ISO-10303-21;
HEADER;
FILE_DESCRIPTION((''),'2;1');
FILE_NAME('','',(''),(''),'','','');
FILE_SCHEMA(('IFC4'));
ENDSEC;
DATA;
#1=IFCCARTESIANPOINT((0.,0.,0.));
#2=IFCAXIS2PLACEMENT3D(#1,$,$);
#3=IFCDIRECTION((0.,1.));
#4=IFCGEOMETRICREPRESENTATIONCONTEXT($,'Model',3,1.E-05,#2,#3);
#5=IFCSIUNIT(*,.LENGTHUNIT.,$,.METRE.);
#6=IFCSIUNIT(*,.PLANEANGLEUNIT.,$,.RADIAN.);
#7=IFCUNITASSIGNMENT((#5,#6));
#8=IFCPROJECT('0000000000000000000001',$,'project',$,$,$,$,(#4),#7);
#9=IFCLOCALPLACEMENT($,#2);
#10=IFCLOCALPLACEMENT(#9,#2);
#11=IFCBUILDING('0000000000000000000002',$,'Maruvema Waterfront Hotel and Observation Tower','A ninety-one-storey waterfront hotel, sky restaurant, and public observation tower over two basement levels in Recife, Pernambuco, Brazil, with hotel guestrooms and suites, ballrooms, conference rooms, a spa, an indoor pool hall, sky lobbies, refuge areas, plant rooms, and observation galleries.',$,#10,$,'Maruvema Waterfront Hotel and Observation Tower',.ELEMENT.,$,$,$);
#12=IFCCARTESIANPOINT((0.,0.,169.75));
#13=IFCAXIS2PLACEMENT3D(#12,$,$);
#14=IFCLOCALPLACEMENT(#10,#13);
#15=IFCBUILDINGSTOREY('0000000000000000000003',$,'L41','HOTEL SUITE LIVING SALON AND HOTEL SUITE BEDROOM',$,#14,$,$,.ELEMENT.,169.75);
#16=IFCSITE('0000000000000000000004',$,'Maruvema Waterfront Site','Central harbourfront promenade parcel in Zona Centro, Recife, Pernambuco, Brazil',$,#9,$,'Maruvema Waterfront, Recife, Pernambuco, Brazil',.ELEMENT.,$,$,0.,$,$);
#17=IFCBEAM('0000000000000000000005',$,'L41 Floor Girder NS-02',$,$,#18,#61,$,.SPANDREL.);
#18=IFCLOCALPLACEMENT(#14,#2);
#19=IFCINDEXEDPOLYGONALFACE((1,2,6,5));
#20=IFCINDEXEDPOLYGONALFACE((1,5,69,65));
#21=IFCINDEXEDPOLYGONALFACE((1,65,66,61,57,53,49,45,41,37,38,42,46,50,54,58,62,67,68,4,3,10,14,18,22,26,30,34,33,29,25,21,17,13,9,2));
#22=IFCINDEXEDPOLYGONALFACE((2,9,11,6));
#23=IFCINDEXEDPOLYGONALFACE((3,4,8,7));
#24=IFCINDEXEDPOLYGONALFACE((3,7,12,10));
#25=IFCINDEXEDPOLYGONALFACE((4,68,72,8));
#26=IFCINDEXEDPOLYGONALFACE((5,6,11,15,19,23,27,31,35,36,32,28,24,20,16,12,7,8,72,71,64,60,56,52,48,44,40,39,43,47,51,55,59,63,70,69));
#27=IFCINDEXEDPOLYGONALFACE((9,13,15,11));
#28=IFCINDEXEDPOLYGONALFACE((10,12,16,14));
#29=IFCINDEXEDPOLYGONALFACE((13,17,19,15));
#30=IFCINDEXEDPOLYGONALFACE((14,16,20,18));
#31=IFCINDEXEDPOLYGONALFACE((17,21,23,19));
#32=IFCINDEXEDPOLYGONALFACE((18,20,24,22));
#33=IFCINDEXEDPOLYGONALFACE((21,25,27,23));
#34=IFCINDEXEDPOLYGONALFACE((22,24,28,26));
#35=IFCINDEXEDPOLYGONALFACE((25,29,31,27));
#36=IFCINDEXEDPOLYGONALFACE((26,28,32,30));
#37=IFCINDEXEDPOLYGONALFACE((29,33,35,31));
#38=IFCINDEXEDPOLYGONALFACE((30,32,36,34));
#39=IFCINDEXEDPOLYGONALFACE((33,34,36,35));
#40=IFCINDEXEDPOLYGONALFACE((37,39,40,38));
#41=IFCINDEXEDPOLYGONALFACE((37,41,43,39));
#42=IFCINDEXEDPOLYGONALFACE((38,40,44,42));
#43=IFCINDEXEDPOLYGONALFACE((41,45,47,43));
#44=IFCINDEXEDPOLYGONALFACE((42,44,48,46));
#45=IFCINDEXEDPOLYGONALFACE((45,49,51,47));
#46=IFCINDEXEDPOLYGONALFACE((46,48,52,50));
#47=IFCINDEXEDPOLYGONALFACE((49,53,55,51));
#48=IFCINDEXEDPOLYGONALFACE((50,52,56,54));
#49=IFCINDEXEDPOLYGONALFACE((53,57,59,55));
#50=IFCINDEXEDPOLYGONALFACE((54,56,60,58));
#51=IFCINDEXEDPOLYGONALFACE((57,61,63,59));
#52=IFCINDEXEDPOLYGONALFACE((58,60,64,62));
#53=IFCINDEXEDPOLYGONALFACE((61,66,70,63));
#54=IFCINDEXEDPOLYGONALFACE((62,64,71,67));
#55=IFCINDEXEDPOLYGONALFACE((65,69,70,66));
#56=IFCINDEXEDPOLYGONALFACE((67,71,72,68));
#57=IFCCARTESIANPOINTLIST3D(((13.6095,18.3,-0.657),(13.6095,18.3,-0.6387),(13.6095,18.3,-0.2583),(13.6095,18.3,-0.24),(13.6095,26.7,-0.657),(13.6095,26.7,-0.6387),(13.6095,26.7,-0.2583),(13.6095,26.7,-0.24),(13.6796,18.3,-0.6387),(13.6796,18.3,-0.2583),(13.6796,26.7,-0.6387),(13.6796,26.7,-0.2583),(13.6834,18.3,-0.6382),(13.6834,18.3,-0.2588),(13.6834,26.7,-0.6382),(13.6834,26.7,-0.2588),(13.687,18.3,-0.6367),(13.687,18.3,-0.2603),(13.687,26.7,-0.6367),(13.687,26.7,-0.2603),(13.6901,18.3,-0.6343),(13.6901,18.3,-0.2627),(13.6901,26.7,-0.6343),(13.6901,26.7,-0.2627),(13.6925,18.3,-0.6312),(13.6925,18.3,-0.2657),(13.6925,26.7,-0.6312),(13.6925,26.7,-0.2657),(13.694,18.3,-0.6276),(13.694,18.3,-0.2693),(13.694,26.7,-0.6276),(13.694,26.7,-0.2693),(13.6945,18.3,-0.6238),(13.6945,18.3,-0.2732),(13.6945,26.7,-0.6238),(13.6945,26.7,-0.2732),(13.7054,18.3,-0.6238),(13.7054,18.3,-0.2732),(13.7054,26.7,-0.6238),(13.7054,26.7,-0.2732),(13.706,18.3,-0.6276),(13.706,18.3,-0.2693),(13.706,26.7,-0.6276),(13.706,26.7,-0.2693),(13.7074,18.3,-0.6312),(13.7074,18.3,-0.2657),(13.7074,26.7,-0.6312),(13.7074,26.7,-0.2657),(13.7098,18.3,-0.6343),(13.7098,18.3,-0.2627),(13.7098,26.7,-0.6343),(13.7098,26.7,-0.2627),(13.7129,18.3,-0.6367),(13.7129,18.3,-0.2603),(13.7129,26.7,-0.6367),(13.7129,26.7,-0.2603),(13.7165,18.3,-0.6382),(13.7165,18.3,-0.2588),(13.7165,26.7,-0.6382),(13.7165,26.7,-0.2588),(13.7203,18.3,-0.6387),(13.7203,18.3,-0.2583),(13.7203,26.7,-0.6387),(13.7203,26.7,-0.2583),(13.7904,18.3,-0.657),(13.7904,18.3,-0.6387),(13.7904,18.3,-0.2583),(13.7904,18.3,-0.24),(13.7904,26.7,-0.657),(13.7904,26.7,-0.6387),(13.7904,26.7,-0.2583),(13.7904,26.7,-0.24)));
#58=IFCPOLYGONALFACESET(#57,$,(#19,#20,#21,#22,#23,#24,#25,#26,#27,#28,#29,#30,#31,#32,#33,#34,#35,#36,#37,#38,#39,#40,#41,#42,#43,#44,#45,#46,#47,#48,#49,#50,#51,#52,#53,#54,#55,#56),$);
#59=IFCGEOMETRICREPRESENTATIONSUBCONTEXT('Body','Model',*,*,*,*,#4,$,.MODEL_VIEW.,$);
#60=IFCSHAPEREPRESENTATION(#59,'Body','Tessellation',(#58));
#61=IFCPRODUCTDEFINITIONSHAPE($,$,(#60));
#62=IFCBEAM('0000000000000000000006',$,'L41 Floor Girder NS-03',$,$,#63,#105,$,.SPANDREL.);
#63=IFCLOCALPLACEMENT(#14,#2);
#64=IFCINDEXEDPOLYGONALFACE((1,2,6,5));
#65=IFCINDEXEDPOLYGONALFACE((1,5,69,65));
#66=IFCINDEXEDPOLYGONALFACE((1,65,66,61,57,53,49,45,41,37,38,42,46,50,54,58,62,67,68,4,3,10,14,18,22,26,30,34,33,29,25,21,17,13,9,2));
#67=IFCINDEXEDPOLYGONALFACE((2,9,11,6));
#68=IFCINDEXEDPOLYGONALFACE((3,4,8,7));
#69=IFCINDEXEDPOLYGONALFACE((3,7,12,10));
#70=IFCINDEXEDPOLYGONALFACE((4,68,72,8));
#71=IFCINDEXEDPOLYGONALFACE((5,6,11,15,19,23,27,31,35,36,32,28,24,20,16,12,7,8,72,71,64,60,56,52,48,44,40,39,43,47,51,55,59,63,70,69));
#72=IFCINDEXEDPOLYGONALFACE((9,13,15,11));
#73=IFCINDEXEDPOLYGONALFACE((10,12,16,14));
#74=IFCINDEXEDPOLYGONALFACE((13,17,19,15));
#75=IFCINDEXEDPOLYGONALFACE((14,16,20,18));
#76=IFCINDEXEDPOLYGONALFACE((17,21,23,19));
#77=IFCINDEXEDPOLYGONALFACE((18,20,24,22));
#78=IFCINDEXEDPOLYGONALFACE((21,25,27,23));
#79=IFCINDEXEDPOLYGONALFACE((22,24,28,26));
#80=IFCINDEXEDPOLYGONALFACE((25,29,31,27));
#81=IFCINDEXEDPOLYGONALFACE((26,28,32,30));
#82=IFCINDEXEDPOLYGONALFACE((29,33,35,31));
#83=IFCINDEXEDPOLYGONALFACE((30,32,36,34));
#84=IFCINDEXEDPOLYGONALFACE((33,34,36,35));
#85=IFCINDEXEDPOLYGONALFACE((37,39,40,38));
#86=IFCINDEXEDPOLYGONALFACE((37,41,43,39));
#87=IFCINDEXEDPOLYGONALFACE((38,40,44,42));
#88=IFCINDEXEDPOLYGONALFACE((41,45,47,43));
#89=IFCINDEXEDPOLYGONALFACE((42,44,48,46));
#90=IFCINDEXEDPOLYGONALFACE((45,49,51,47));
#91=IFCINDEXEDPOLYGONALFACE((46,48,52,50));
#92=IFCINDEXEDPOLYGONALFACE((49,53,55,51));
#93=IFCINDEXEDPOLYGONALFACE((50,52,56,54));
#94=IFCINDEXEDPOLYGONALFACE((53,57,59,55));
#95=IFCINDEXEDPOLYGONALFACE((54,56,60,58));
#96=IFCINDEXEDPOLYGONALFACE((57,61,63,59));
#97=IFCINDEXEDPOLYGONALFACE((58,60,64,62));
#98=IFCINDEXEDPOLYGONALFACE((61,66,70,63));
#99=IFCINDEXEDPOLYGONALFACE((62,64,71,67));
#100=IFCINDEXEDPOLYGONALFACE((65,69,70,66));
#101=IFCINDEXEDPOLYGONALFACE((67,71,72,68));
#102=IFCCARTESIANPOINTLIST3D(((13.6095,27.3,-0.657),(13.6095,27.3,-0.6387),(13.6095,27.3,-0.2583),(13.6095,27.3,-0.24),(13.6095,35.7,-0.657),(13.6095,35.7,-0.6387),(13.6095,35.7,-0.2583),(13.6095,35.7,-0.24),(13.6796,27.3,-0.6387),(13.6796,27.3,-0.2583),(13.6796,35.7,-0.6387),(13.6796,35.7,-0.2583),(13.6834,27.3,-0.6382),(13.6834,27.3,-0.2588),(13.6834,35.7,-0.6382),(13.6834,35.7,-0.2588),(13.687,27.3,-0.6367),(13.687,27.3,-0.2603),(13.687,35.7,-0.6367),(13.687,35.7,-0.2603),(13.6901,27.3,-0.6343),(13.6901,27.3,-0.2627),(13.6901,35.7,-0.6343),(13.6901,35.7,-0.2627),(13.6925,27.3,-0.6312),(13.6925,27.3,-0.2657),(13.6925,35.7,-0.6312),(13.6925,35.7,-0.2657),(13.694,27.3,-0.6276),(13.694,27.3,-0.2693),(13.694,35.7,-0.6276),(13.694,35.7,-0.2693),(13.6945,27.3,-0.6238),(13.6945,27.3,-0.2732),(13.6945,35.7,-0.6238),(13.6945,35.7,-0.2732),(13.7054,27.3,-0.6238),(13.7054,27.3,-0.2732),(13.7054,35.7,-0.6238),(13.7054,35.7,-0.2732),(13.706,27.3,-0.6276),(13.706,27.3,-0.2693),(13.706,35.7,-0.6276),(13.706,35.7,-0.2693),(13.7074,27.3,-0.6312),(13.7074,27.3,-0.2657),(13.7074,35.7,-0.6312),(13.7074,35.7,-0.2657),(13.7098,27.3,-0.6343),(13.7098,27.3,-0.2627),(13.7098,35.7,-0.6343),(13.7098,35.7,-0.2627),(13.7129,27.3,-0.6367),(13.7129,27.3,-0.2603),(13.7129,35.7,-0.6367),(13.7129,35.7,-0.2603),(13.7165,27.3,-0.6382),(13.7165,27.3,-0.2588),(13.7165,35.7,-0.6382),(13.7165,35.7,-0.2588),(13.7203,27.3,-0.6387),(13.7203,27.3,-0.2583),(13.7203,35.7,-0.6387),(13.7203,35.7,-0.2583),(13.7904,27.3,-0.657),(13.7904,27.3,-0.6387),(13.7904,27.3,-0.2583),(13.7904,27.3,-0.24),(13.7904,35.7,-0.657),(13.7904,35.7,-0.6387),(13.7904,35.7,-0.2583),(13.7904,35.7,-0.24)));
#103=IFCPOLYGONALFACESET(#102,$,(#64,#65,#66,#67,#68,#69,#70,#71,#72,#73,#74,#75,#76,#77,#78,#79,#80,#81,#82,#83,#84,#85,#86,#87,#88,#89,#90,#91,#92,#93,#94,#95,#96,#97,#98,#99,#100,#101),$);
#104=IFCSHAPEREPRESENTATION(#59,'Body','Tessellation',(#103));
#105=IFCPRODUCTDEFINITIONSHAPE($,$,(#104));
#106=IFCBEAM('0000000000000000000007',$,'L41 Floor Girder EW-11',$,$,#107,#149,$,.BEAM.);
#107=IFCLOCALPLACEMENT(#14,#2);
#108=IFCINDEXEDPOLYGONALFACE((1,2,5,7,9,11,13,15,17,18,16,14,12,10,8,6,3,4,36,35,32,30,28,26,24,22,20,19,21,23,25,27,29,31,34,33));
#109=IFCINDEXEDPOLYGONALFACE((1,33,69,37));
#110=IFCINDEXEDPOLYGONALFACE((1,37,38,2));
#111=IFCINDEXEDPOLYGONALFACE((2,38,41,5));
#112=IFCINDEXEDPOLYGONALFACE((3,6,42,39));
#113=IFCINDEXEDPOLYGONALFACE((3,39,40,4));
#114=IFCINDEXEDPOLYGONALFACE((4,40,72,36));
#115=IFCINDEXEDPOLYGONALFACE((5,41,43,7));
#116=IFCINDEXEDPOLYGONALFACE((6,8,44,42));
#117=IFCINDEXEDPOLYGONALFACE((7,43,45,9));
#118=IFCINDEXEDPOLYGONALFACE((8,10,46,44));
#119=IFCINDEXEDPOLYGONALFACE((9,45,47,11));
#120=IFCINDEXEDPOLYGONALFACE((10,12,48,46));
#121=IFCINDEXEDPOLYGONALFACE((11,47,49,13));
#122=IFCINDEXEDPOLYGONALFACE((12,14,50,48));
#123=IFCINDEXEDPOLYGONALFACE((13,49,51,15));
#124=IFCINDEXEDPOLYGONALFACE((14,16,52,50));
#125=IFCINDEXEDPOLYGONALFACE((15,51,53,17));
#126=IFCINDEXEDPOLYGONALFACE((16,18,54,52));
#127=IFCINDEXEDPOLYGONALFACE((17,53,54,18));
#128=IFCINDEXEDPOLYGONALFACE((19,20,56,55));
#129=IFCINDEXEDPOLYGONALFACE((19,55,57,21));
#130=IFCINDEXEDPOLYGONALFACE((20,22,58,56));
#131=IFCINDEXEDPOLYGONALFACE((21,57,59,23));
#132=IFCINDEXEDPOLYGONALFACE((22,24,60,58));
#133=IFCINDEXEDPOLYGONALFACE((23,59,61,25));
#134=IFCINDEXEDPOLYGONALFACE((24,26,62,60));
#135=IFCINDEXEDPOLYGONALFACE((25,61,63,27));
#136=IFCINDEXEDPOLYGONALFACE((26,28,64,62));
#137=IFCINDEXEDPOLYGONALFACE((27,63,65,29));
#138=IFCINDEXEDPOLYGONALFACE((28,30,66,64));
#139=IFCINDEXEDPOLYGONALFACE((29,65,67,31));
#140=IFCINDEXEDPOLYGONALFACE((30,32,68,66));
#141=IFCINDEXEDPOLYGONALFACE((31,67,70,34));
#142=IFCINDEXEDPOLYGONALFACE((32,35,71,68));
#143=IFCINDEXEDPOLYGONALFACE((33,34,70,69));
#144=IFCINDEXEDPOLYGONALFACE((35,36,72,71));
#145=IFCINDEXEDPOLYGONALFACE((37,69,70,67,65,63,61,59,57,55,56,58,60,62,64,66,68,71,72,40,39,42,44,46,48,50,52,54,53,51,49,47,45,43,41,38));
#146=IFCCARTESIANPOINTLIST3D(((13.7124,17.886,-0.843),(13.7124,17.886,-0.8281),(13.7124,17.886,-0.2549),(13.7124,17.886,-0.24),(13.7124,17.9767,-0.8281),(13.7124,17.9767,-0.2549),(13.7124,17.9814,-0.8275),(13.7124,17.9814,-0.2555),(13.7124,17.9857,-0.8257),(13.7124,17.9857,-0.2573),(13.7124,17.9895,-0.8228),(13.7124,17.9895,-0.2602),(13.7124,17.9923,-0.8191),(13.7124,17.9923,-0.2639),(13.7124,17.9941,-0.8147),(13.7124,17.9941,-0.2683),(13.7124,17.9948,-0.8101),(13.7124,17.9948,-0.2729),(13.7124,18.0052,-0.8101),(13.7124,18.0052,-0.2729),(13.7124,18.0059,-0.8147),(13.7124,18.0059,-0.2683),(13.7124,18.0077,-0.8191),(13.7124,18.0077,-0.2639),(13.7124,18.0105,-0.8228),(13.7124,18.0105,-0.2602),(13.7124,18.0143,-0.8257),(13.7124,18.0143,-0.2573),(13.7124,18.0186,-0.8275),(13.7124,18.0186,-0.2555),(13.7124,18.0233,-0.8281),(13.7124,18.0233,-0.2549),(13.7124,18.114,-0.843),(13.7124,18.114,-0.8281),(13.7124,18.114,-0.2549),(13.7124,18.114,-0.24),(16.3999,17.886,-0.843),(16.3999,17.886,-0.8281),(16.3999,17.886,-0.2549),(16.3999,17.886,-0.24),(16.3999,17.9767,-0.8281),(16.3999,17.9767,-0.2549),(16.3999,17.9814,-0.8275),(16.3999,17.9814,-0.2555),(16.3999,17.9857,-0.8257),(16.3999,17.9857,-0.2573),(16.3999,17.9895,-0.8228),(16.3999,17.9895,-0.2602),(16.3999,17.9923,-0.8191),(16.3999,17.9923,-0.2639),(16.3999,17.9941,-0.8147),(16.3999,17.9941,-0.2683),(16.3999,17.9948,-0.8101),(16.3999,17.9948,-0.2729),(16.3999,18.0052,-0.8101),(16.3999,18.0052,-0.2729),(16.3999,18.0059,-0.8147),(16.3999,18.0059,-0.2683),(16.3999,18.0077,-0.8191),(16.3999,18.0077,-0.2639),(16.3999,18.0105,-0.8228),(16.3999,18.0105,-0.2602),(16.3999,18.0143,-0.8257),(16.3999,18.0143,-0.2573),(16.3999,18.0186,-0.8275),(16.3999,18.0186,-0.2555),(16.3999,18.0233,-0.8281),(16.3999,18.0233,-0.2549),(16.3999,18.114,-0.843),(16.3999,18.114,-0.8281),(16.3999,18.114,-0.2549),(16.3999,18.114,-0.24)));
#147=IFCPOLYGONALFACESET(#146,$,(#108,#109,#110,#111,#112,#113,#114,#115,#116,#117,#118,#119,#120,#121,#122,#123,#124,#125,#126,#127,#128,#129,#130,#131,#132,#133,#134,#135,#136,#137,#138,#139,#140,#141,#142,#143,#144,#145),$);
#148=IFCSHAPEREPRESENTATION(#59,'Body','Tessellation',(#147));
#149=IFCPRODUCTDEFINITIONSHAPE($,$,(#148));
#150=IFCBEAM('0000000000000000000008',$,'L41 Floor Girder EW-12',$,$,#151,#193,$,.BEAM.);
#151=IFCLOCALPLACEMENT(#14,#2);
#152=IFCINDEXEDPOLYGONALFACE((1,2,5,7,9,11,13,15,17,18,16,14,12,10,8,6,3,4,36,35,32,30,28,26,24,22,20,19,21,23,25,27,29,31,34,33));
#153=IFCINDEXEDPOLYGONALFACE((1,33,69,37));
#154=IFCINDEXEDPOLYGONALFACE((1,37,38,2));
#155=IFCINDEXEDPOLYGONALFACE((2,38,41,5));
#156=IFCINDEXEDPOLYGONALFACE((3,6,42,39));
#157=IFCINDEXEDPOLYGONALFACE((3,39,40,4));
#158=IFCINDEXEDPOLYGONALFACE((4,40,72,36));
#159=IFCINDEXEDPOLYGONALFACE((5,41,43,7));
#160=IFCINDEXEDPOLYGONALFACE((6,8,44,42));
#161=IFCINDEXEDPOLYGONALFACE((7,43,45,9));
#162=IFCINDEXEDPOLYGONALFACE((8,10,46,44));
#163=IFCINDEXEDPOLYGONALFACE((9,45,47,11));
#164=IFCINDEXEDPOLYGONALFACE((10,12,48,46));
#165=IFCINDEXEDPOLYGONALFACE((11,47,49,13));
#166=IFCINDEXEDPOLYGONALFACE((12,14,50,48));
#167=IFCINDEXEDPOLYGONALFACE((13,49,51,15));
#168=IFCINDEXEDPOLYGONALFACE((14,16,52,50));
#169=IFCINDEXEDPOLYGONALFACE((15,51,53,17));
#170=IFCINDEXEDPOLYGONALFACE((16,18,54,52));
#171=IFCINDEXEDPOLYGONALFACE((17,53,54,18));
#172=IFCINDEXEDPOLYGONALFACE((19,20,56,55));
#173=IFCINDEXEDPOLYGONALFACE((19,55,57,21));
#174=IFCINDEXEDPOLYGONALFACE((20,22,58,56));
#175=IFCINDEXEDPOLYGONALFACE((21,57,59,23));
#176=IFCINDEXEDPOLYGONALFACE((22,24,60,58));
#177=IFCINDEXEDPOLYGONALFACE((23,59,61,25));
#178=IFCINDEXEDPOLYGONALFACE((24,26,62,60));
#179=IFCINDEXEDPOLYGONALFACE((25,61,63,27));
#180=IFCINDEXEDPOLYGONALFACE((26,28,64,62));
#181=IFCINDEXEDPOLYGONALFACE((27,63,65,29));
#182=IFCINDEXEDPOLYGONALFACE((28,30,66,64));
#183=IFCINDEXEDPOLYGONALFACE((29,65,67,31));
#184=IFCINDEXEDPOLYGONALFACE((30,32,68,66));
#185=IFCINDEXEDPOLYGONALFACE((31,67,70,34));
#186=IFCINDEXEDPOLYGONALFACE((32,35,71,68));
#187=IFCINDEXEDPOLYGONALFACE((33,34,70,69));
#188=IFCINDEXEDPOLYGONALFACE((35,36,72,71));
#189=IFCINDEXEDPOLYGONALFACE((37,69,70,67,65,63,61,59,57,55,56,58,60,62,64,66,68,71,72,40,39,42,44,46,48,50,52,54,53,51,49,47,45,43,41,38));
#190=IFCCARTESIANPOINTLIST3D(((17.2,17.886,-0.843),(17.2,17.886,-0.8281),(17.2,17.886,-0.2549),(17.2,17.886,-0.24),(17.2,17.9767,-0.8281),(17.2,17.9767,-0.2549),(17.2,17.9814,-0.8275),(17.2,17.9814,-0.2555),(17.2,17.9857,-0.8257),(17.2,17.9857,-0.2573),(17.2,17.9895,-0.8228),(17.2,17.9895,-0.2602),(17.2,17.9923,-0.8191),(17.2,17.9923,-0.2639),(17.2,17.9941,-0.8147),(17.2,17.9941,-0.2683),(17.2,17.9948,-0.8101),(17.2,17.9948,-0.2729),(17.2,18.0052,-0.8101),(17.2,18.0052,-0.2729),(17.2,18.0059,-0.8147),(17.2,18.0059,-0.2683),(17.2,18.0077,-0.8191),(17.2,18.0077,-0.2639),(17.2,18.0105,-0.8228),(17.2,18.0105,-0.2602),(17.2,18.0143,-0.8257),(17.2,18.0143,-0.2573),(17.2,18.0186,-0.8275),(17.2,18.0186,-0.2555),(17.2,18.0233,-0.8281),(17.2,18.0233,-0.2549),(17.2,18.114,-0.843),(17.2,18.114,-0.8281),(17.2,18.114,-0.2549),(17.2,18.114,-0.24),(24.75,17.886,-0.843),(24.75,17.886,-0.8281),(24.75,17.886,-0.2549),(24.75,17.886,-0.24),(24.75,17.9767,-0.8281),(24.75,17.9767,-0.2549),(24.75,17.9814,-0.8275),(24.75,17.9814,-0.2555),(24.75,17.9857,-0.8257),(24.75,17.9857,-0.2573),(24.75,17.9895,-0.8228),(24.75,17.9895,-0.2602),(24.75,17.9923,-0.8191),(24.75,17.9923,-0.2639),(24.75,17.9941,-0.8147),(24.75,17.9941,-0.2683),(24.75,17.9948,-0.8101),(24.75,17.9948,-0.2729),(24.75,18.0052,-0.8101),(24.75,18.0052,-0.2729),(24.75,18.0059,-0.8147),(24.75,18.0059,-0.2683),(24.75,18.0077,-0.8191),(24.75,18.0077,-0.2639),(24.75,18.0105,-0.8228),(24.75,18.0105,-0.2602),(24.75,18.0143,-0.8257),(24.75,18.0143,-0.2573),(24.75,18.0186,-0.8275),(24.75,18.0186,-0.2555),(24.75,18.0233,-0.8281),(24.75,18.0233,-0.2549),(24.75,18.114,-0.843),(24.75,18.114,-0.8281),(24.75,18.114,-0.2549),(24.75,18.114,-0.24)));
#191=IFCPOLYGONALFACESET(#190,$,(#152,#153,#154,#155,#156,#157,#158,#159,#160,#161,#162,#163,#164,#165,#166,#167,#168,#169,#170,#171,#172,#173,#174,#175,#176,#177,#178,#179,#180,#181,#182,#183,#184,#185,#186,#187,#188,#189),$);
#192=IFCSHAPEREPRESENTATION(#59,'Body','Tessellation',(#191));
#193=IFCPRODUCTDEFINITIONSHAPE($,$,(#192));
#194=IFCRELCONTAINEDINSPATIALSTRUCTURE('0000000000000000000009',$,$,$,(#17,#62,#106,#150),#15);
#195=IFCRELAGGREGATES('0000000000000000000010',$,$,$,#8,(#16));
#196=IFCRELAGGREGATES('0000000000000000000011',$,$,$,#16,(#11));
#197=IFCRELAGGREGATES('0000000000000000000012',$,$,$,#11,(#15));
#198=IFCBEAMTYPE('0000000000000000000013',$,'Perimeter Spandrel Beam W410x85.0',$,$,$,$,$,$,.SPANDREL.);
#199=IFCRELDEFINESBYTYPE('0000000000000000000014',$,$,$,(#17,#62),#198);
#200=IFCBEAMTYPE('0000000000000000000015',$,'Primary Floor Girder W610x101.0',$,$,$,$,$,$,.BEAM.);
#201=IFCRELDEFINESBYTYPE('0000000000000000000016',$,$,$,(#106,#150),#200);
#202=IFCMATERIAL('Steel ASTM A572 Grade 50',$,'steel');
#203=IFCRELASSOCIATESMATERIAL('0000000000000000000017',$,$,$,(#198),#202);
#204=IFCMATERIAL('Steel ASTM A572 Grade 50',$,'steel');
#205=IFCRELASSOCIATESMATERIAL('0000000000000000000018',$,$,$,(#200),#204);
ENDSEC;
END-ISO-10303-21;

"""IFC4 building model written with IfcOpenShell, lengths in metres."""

from ifc_helpers import new_model, si_unit, direction, frame, origin, origin_2d, place, context, subcontext, project, spatial, i_section, extrude, material, material_profile, profile_set, type_object, element, save


model = new_model("IFC4")

# Units and contexts
model_context = context("Model", 3, precision=1e-05, world=origin(), true_north=direction((0.0, 1.0)))
body_context = subcontext(model_context, "Body", "Model", "MODEL_VIEW")
ifc_project = project(units=[si_unit("LENGTHUNIT", "METRE"), si_unit("PLANEANGLEUNIT", "RADIAN")], contexts=[model_context])

# Site, building, storey
site_placement = place(None, origin())
site = spatial("IfcSite", under=ifc_project, at=site_placement, Name="Maruvema Waterfront Site", Description="Central harbourfront promenade parcel in Zona Centro, Recife, Pernambuco, Brazil", LongName="Maruvema Waterfront, Recife, Pernambuco, Brazil", CompositionType="ELEMENT", RefElevation=0.0)
building_placement = place(site_placement, origin())
building = spatial("IfcBuilding", under=site, at=building_placement, Name="Maruvema Waterfront Hotel and Observation Tower", Description="A ninety-one-storey waterfront hotel, sky restaurant, and public observation tower over two basement levels in Recife, Pernambuco, Brazil, with hotel guestrooms and suites, ballrooms, conference rooms, a spa, an indoor pool hall, sky lobbies, refuge areas, plant rooms, and observation galleries.", LongName="Maruvema Waterfront Hotel and Observation Tower", CompositionType="ELEMENT")
storey_placement = place(building_placement, frame((0.0, 0.0, 169.75)))
storey = spatial("IfcBuildingStorey", under=building, at=storey_placement, Name="L41", Description="HOTEL SUITE LIVING SALON AND HOTEL SUITE BEDROOM", CompositionType="ELEMENT", Elevation=169.75)

# Beams
ifc_material_1 = material(Name="Steel ASTM A572 Grade 50", Category="steel")
ifc_material_profile_1 = material_profile(ifc_material_1, i_section(OverallWidth=0.1809, OverallDepth=0.417, WebThickness=0.011, FlangeThickness=0.0183, FilletRadius=0.0149, at=origin_2d()), Name="W410x85.0")
ifc_profile_set_1 = profile_set([ifc_material_profile_1], Name="Steel ASTM A572 Grade 50")
beam_type_1 = type_object("IfcBeamType", Name="Perimeter Spandrel Beam W410x85.0", PredefinedType="SPANDREL", material=ifc_profile_set_1)
for number, where, z_axis, x_axis, name in (
    (1, (13.7, 18.3, -0.4485), (0.0, 1.0, 0.0), (-1.0, 0.0, 0.0), "L41 Floor Girder NS-02"),
    (2, (13.7, 27.3, -0.4485), (0.0, 1.0, 0.0), (-1.0, 0.0, 0.0), "L41 Floor Girder NS-03"),
):
    element("IfcBeam", number, at=place(storey_placement, frame(where, z_axis=z_axis, x_axis=x_axis)), inside=storey, type_object=beam_type_1, Name=name, PredefinedType="SPANDREL", context=body_context, shape_type="SweptSolid", body=[
        extrude(i_section(OverallWidth=0.1809, OverallDepth=0.417, WebThickness=0.011, FlangeThickness=0.0183, FilletRadius=0.0149, at=origin_2d()), origin(), (0.0, 0.0, 1.0), 8.3999),
    ])
ifc_material_2 = material(Name="Steel ASTM A572 Grade 50", Category="steel")
ifc_material_profile_2 = material_profile(ifc_material_2, i_section(OverallWidth=0.228, OverallDepth=0.603, WebThickness=0.0105, FlangeThickness=0.0149, FilletRadius=0.0181, at=origin_2d()), Name="W610x101.0")
ifc_profile_set_2 = profile_set([ifc_material_profile_2], Name="Steel ASTM A572 Grade 50")
beam_type_2 = type_object("IfcBeamType", Name="Primary Floor Girder W610x101.0", PredefinedType="BEAM", material=ifc_profile_set_2)
beam_1_placement = place(storey_placement, frame((13.7124, 18.0, -0.5415), z_axis=(1.0, 0.0, 0.0), x_axis=(0.0, 1.0, 0.0)))
element("IfcBeam", 3, at=beam_1_placement, inside=storey, type_object=beam_type_2, Name="L41 Floor Girder EW-11", PredefinedType="BEAM", context=body_context, shape_type="SweptSolid", body=[
    extrude(i_section(OverallWidth=0.228, OverallDepth=0.603, WebThickness=0.0105, FlangeThickness=0.0149, FilletRadius=0.0181, at=origin_2d()), origin(), (0.0, 0.0, 1.0), 2.6875),
])
beam_2_placement = place(storey_placement, frame((17.2, 18.0, -0.5415), z_axis=(1.0, 0.0, 0.0), x_axis=(0.0, 1.0, 0.0)))
element("IfcBeam", 4, at=beam_2_placement, inside=storey, type_object=beam_type_2, Name="L41 Floor Girder EW-12", PredefinedType="BEAM", context=body_context, shape_type="SweptSolid", body=[
    extrude(i_section(OverallWidth=0.228, OverallDepth=0.603, WebThickness=0.0105, FlangeThickness=0.0149, FilletRadius=0.0181, at=origin_2d()), origin(), (0.0, 0.0, 1.0), 7.55),
])

save(model, "model.ifc")
